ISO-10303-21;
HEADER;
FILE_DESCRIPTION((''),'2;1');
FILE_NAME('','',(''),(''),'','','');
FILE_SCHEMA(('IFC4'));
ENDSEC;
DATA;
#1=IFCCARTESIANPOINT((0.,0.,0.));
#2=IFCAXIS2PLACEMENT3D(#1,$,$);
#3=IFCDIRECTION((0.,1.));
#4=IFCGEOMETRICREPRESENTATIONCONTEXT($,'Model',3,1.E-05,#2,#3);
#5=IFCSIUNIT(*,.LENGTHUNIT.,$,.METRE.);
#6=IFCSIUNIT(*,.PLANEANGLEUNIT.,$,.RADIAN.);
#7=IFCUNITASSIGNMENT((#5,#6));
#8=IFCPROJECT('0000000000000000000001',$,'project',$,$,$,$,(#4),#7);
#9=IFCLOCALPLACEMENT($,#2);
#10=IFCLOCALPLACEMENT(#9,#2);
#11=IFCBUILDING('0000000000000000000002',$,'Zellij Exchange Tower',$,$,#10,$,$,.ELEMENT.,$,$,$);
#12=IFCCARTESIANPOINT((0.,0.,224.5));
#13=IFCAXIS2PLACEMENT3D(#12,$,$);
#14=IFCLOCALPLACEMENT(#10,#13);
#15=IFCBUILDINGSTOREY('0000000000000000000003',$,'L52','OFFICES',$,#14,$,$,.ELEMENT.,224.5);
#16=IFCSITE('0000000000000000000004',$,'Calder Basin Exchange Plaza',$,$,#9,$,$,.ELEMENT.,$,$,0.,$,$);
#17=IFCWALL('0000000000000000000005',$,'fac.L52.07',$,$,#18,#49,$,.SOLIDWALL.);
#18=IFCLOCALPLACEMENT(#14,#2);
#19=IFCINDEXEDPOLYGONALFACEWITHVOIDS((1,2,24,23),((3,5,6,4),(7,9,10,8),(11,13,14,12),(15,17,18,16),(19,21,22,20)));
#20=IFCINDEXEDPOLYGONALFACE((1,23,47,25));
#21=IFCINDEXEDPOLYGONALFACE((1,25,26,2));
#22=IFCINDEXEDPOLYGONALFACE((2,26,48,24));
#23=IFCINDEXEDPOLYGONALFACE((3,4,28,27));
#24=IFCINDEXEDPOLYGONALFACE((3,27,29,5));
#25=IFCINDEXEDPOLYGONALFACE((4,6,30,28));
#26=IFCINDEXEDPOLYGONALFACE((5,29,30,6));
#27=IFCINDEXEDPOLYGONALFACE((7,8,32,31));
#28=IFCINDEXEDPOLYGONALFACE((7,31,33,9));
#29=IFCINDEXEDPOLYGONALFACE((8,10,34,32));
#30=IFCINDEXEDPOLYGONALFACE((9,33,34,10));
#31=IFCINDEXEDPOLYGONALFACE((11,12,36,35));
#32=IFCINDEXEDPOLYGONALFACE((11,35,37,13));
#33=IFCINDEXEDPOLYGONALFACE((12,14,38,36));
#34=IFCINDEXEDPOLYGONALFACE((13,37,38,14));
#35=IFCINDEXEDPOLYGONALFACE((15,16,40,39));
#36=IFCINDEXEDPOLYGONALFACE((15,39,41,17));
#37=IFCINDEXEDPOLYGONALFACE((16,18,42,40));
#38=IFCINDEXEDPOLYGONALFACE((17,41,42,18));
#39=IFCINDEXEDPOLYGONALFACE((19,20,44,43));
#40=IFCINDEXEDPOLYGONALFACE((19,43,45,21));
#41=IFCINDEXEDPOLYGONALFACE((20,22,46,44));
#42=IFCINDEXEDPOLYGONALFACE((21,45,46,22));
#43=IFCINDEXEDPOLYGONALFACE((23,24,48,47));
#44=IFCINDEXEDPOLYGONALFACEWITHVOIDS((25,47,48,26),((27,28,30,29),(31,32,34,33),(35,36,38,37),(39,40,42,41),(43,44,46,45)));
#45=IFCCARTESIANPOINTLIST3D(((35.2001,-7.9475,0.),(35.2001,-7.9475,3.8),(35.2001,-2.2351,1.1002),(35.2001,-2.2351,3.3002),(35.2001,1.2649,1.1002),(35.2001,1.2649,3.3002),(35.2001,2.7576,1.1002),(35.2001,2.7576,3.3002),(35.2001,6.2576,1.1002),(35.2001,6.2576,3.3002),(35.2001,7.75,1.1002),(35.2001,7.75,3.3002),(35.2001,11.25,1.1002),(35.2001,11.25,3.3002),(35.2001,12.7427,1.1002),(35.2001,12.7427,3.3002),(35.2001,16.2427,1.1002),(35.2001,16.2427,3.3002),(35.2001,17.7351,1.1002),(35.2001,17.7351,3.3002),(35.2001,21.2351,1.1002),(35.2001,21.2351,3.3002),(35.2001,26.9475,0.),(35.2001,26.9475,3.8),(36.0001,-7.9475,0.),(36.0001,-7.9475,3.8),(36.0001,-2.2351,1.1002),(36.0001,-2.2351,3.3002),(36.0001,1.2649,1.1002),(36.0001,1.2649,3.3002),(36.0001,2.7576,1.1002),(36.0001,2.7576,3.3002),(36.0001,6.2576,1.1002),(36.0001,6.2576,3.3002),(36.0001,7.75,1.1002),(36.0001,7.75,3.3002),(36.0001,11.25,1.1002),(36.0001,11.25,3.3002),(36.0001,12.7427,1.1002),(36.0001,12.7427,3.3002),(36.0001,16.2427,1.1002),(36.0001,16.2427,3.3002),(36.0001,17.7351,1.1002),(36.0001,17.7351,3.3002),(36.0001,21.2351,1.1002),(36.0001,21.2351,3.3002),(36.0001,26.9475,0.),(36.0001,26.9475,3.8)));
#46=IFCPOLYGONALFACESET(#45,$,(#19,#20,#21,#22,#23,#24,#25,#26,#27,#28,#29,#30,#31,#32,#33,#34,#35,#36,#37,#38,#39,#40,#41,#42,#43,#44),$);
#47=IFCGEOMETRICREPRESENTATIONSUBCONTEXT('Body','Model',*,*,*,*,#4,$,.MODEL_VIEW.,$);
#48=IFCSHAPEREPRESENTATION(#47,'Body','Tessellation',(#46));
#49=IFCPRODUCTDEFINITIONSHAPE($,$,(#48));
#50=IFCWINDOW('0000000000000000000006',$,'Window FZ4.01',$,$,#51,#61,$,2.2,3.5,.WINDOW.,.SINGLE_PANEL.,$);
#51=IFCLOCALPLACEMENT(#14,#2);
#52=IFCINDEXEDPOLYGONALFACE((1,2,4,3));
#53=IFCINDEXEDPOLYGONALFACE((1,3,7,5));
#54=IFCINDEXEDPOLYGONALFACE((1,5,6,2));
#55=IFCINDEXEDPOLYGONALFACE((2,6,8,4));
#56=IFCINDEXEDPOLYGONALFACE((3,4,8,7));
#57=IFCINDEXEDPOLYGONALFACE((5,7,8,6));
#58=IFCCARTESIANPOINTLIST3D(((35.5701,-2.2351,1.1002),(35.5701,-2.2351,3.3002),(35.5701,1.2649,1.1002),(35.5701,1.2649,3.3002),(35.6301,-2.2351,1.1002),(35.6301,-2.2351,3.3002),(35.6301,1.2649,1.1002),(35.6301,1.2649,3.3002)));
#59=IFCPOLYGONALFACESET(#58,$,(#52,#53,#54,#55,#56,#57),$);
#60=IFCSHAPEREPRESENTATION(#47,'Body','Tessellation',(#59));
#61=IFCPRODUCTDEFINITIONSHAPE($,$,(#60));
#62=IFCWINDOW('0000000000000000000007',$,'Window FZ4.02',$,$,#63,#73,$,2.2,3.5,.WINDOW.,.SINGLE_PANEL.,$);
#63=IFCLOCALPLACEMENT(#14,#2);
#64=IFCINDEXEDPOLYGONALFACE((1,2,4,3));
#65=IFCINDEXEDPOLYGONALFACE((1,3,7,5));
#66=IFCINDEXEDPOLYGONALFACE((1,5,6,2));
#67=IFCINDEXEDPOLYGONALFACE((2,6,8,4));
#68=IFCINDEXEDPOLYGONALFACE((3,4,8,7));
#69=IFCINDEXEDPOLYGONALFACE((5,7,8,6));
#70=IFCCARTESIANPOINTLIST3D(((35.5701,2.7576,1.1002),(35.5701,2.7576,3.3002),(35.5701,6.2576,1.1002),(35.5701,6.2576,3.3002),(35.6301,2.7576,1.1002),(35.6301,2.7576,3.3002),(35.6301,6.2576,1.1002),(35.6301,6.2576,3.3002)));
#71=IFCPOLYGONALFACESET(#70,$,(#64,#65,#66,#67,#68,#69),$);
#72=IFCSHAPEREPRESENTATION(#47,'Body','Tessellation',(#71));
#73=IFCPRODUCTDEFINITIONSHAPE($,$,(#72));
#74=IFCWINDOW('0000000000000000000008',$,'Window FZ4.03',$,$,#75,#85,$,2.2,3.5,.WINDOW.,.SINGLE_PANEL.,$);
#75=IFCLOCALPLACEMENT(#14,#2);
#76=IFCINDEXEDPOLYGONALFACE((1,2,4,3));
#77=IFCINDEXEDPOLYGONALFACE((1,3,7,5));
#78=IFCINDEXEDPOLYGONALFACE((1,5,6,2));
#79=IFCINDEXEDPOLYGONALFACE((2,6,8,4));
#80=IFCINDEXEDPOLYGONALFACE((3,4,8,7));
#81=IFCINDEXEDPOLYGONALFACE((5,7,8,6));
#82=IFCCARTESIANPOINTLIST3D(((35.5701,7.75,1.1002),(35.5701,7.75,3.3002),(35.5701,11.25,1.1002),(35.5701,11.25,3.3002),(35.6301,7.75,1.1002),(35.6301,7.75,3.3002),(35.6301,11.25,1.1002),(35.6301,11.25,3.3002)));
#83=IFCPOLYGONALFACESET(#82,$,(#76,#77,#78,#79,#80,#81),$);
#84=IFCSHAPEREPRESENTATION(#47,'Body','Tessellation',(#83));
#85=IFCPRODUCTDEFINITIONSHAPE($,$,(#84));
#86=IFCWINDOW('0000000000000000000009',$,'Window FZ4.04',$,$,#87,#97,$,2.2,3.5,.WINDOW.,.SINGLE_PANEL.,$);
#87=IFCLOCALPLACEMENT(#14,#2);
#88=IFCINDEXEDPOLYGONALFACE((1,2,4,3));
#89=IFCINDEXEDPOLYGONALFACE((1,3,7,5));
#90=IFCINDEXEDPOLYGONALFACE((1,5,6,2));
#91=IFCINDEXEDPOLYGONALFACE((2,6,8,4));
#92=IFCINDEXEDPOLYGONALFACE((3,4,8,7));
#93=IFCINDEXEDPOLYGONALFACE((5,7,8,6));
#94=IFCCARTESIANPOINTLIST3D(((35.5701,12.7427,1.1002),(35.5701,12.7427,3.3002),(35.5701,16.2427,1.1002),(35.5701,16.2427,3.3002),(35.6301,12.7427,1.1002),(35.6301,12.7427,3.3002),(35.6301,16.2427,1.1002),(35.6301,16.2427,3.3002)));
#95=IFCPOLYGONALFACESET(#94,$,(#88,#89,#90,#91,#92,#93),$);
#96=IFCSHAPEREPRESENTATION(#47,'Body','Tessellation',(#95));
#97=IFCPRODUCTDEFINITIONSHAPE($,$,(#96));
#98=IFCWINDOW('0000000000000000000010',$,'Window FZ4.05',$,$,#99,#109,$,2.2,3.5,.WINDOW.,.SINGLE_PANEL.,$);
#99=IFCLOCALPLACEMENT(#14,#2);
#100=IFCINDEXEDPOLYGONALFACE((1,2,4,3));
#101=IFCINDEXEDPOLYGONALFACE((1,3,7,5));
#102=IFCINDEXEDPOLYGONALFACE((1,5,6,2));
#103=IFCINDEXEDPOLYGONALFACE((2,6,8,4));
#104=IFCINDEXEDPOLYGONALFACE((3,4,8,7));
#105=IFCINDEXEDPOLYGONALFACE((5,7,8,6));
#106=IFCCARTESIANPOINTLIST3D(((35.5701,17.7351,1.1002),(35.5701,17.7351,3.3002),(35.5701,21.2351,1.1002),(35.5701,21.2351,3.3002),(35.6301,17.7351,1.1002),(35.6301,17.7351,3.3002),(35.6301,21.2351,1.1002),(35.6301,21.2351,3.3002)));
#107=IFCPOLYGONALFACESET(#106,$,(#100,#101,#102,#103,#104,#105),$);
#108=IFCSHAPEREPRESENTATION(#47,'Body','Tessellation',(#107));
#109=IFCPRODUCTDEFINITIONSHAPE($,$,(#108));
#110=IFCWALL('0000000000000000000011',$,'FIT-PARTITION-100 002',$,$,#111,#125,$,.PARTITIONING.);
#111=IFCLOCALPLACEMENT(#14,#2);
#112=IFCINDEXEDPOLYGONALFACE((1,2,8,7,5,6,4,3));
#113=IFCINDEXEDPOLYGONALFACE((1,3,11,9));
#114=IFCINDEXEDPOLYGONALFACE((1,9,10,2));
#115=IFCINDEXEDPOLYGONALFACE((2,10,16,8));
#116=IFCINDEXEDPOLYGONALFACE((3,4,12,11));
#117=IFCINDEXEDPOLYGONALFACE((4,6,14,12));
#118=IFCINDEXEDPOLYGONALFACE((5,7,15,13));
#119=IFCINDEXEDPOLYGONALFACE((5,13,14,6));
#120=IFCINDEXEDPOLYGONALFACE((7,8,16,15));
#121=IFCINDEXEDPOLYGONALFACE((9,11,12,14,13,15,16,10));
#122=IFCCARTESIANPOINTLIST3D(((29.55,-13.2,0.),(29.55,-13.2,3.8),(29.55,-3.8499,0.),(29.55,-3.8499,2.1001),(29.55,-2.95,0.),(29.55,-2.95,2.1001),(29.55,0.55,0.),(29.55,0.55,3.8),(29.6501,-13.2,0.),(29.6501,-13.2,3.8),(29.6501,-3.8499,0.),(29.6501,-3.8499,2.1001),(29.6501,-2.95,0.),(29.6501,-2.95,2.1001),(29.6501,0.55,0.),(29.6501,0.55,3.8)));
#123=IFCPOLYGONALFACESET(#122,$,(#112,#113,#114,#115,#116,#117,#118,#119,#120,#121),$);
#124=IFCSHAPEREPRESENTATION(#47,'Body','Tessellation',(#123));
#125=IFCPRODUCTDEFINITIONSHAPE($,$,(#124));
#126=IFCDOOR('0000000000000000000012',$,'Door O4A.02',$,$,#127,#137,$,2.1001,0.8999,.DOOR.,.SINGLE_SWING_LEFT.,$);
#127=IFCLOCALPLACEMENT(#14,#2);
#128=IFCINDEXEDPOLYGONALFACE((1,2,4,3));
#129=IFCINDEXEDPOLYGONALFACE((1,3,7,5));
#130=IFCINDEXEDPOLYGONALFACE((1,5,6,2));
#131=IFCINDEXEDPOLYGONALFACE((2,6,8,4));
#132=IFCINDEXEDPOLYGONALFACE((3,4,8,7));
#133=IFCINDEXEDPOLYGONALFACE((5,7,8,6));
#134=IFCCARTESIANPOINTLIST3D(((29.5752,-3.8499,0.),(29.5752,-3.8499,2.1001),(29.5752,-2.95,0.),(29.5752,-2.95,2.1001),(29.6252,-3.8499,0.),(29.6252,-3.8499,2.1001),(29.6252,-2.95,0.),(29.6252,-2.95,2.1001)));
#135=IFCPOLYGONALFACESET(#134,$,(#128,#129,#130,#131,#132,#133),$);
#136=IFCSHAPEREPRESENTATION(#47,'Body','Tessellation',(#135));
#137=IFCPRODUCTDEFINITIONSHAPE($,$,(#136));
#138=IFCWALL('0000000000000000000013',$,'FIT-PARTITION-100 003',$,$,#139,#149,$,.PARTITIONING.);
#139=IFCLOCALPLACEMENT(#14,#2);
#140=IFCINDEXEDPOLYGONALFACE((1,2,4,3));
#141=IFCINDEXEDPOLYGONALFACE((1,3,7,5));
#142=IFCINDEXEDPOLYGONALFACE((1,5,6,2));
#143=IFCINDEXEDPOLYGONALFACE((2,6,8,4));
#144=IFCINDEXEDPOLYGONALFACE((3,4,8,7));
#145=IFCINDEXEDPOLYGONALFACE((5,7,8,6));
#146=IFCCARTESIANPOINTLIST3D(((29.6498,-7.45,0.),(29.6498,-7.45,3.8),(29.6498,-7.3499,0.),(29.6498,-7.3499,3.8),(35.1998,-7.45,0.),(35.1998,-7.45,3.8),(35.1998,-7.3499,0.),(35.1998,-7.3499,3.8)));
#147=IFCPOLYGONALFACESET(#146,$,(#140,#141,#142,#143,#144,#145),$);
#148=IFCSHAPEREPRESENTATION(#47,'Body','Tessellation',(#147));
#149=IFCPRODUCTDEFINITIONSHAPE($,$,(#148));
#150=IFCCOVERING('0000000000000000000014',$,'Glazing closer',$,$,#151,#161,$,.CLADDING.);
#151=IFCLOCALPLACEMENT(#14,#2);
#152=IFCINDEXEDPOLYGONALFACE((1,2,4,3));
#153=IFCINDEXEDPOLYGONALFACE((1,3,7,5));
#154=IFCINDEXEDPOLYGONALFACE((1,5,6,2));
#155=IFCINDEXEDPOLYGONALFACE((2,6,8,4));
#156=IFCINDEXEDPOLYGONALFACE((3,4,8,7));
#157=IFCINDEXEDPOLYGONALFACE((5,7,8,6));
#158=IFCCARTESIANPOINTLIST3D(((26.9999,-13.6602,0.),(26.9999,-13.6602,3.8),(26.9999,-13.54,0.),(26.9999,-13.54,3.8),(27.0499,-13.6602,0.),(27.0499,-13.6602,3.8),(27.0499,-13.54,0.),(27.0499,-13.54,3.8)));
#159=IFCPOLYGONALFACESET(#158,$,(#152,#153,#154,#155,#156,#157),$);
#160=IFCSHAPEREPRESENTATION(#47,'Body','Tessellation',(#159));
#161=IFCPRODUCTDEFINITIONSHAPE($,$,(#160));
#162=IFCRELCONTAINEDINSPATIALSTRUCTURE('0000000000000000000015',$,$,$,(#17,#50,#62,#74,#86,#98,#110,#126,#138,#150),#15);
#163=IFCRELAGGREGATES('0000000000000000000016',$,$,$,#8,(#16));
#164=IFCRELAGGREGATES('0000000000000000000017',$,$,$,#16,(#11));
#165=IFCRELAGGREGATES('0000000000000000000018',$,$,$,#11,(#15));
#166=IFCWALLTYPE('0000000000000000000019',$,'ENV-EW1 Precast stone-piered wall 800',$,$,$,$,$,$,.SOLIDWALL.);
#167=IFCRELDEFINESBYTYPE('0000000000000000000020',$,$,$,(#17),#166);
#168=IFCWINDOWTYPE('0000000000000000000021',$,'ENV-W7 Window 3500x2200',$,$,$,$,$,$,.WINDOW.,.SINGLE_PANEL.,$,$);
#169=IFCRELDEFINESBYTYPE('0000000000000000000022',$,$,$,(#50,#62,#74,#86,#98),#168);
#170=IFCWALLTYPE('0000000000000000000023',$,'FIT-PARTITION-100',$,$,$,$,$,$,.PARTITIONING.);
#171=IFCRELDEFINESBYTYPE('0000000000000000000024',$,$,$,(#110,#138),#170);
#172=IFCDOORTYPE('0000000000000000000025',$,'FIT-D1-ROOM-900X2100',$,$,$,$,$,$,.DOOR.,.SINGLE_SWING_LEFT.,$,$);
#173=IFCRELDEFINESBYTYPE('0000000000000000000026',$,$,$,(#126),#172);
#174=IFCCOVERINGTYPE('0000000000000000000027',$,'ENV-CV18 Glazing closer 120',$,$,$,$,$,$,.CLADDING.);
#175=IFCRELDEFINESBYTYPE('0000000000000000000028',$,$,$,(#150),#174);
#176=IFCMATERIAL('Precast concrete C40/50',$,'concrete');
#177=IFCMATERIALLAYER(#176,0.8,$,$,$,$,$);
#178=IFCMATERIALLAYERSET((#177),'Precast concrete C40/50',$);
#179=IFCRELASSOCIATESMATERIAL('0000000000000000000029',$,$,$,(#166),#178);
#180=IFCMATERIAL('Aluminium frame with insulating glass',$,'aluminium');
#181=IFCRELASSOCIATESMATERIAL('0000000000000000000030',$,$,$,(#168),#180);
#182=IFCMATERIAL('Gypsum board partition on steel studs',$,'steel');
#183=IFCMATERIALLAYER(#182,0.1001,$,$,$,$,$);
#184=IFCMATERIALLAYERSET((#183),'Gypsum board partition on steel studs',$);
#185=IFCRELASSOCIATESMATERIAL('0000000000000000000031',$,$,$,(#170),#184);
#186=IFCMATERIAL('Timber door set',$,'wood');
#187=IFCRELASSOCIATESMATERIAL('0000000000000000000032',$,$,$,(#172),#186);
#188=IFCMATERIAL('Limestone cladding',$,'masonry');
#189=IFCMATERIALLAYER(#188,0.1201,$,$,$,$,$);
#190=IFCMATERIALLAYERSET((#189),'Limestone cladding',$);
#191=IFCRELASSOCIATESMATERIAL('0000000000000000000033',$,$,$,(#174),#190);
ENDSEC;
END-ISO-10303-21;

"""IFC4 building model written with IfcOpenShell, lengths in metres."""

from ifc_helpers import new_model, si_unit, direction, frame, frame_2d, origin, origin_2d, place, context, subcontext, project, spatial, rectangle, extrude, material, layer, layer_set, type_object, element, fill, save


model = new_model("IFC4")

# Units and contexts
model_context = context("Model", 3, precision=1e-05, world=origin(), true_north=direction((0.0, 1.0)))
body_context = subcontext(model_context, "Body", "Model", "MODEL_VIEW")
ifc_project = project(units=[si_unit("LENGTHUNIT", "METRE"), si_unit("PLANEANGLEUNIT", "RADIAN")], contexts=[model_context])

# Site, building, storey
site_placement = place(None, origin())
site = spatial("IfcSite", under=ifc_project, at=site_placement, Name="Calder Basin Exchange Plaza", CompositionType="ELEMENT", RefElevation=0.0)
building_placement = place(site_placement, origin())
building = spatial("IfcBuilding", under=site, at=building_placement, Name="Zellij Exchange Tower", CompositionType="ELEMENT")
storey_placement = place(building_placement, frame((0.0, 0.0, 224.5)))
storey = spatial("IfcBuildingStorey", under=building, at=storey_placement, Name="L52", Description="OFFICES", CompositionType="ELEMENT", Elevation=224.5)

# Shared definitions
ifc_material_1 = material(Name="Precast concrete C40/50", Category="concrete")
ifc_layer_1 = layer(ifc_material_1, 0.8)
ifc_layer_set_1 = layer_set([ifc_layer_1], Name="Precast concrete C40/50")
wall_type_1 = type_object("IfcWallType", Name="ENV-EW1 Precast stone-piered wall 800", PredefinedType="SOLIDWALL", material=ifc_layer_set_1)

# Wall, openings, windows
wall_1_placement = place(storey_placement, frame((35.6001, -7.9475, 0.0), z_axis=(0.0, 0.0, 1.0), x_axis=(0.0, 1.0, 0.0)))
wall_1 = element("IfcWall", 1, at=wall_1_placement, inside=storey, type_object=wall_type_1, Name="fac.L52.07", PredefinedType="SOLIDWALL", context=body_context, shape_type="SweptSolid", body=[
    extrude(rectangle(XDim=34.895, YDim=0.8, at=frame_2d((17.4475, 0.0))), origin(), (0.0, 0.0, 1.0), 3.8),
])
opening_1_placement = place(wall_1_placement, frame((5.7124, 0.0, 1.1001)))
opening_1 = element("IfcOpeningElement", 2, at=opening_1_placement, cuts=wall_1, PredefinedType="OPENING", context=body_context, shape_type="SweptSolid", body=[
    extrude(rectangle(XDim=3.5, YDim=2.2, at=frame_2d((1.75, 1.1001))), frame((0.0, 0.4121, 0.0), z_axis=(0.0, -1.0, 0.0), x_axis=(1.0, 0.0, 0.0)), (0.0, 0.0, 1.0), 0.824),
])
opening_2_placement = place(wall_1_placement, frame((10.7051, 0.0, 1.1001)))
opening_2 = element("IfcOpeningElement", 3, at=opening_2_placement, cuts=wall_1, PredefinedType="OPENING", context=body_context, shape_type="SweptSolid", body=[
    extrude(rectangle(XDim=3.5, YDim=2.2, at=frame_2d((1.75, 1.1001))), frame((0.0, 0.4121, 0.0), z_axis=(0.0, -1.0, 0.0), x_axis=(1.0, 0.0, 0.0)), (0.0, 0.0, 1.0), 0.824),
])
opening_3_placement = place(wall_1_placement, frame((15.6975, 0.0, 1.1001)))
opening_3 = element("IfcOpeningElement", 4, at=opening_3_placement, cuts=wall_1, PredefinedType="OPENING", context=body_context, shape_type="SweptSolid", body=[
    extrude(rectangle(XDim=3.5, YDim=2.2, at=frame_2d((1.75, 1.1001))), frame((0.0, 0.4121, 0.0), z_axis=(0.0, -1.0, 0.0), x_axis=(1.0, 0.0, 0.0)), (0.0, 0.0, 1.0), 0.824),
])
opening_4_placement = place(wall_1_placement, frame((20.6902, 0.0, 1.1001)))
opening_4 = element("IfcOpeningElement", 5, at=opening_4_placement, cuts=wall_1, PredefinedType="OPENING", context=body_context, shape_type="SweptSolid", body=[
    extrude(rectangle(XDim=3.5, YDim=2.2, at=frame_2d((1.75, 1.1001))), frame((0.0, 0.4121, 0.0), z_axis=(0.0, -1.0, 0.0), x_axis=(1.0, 0.0, 0.0)), (0.0, 0.0, 1.0), 0.824),
])
opening_5_placement = place(wall_1_placement, frame((25.6826, 0.0, 1.1001)))
opening_5 = element("IfcOpeningElement", 6, at=opening_5_placement, cuts=wall_1, PredefinedType="OPENING", context=body_context, shape_type="SweptSolid", body=[
    extrude(rectangle(XDim=3.5, YDim=2.2, at=frame_2d((1.75, 1.1001))), frame((0.0, 0.4121, 0.0), z_axis=(0.0, -1.0, 0.0), x_axis=(1.0, 0.0, 0.0)), (0.0, 0.0, 1.0), 0.824),
])
ifc_material_2 = material(Name="Aluminium frame with insulating glass", Category="aluminium")
window_type = type_object("IfcWindowType", Name="ENV-W7 Window 3500x2200", PartitioningType="SINGLE_PANEL", PredefinedType="WINDOW", material=ifc_material_2)
window_1_placement = place(opening_1_placement, origin())
window_1 = element("IfcWindow", 7, at=window_1_placement, inside=storey, type_object=window_type, Name="Window FZ4.01", OverallHeight=2.2, OverallWidth=3.5, PartitioningType="SINGLE_PANEL", PredefinedType="WINDOW", context=body_context, shape_type="SweptSolid", body=[
    extrude(rectangle(XDim=3.5, YDim=2.2, at=frame_2d((1.75, 1.1001))), frame((0.0, 0.03, 0.0), z_axis=(0.0, -1.0, 0.0), x_axis=(1.0, 0.0, 0.0)), (0.0, 0.0, 1.0), 0.0601),
])
fill(opening_1, window_1)
window_2_placement = place(opening_2_placement, origin())
window_2 = element("IfcWindow", 8, at=window_2_placement, inside=storey, type_object=window_type, Name="Window FZ4.02", OverallHeight=2.2, OverallWidth=3.5, PartitioningType="SINGLE_PANEL", PredefinedType="WINDOW", context=body_context, shape_type="SweptSolid", body=[
    extrude(rectangle(XDim=3.5, YDim=2.2, at=frame_2d((1.75, 1.1001))), frame((0.0, 0.03, 0.0), z_axis=(0.0, -1.0, 0.0), x_axis=(1.0, 0.0, 0.0)), (0.0, 0.0, 1.0), 0.0601),
])
fill(opening_2, window_2)
window_3_placement = place(opening_3_placement, origin())
window_3 = element("IfcWindow", 9, at=window_3_placement, inside=storey, type_object=window_type, Name="Window FZ4.03", OverallHeight=2.2, OverallWidth=3.5, PartitioningType="SINGLE_PANEL", PredefinedType="WINDOW", context=body_context, shape_type="SweptSolid", body=[
    extrude(rectangle(XDim=3.5, YDim=2.2, at=frame_2d((1.75, 1.1001))), frame((0.0, 0.03, 0.0), z_axis=(0.0, -1.0, 0.0), x_axis=(1.0, 0.0, 0.0)), (0.0, 0.0, 1.0), 0.0601),
])
fill(opening_3, window_3)
window_4_placement = place(opening_4_placement, origin())
window_4 = element("IfcWindow", 10, at=window_4_placement, inside=storey, type_object=window_type, Name="Window FZ4.04", OverallHeight=2.2, OverallWidth=3.5, PartitioningType="SINGLE_PANEL", PredefinedType="WINDOW", context=body_context, shape_type="SweptSolid", body=[
    extrude(rectangle(XDim=3.5, YDim=2.2, at=frame_2d((1.75, 1.1001))), frame((0.0, 0.03, 0.0), z_axis=(0.0, -1.0, 0.0), x_axis=(1.0, 0.0, 0.0)), (0.0, 0.0, 1.0), 0.0601),
])
fill(opening_4, window_4)
window_5_placement = place(opening_5_placement, origin())
window_5 = element("IfcWindow", 11, at=window_5_placement, inside=storey, type_object=window_type, Name="Window FZ4.05", OverallHeight=2.2, OverallWidth=3.5, PartitioningType="SINGLE_PANEL", PredefinedType="WINDOW", context=body_context, shape_type="SweptSolid", body=[
    extrude(rectangle(XDim=3.5, YDim=2.2, at=frame_2d((1.75, 1.1001))), frame((0.0, 0.03, 0.0), z_axis=(0.0, -1.0, 0.0), x_axis=(1.0, 0.0, 0.0)), (0.0, 0.0, 1.0), 0.0601),
])
fill(opening_5, window_5)

# Wall, opening, door
ifc_material_3 = material(Name="Gypsum board partition on steel studs", Category="steel")
ifc_layer_2 = layer(ifc_material_3, 0.1001)
ifc_layer_set_2 = layer_set([ifc_layer_2], Name="Gypsum board partition on steel studs")
wall_type_2 = type_object("IfcWallType", Name="FIT-PARTITION-100", PredefinedType="PARTITIONING", material=ifc_layer_set_2)
wall_2_placement = place(storey_placement, frame((29.6001, -13.2, 0.0), z_axis=(0.0, 0.0, 1.0), x_axis=(0.0, 1.0, 0.0)))
wall_2 = element("IfcWall", 12, at=wall_2_placement, inside=storey, type_object=wall_type_2, Name="FIT-PARTITION-100 002", PredefinedType="PARTITIONING", context=body_context, shape_type="SweptSolid", body=[
    extrude(rectangle(XDim=13.75, YDim=0.1001, at=frame_2d((6.875, 0.0))), origin(), (0.0, 0.0, 1.0), 3.8),
])
opening_6_placement = place(wall_2_placement, frame((9.3501, 0.0, 0.0)))
opening_6 = element("IfcOpeningElement", 13, at=opening_6_placement, cuts=wall_2, PredefinedType="OPENING", context=body_context, shape_type="SweptSolid", body=[
    extrude(rectangle(XDim=0.8999, YDim=2.1001, at=frame_2d((0.45, 1.05))), frame((0.0, 0.062, 0.0), z_axis=(0.0, -1.0, 0.0), x_axis=(1.0, 0.0, 0.0)), (0.0, 0.0, 1.0), 0.124),
])
ifc_material_4 = material(Name="Timber door set", Category="wood")
door_type_1 = type_object("IfcDoorType", Name="FIT-D1-ROOM-900X2100", OperationType="SINGLE_SWING_LEFT", PredefinedType="DOOR", material=ifc_material_4)
door_1_placement = place(opening_6_placement, origin())
door_1 = element("IfcDoor", 14, at=door_1_placement, inside=storey, type_object=door_type_1, Name="Door O4A.02", OperationType="SINGLE_SWING_LEFT", OverallHeight=2.1001, OverallWidth=0.8999, PredefinedType="DOOR", context=body_context, shape_type="SweptSolid", body=[
    extrude(rectangle(XDim=0.8999, YDim=2.1001, at=frame_2d((0.45, 1.05))), frame((0.0, 0.0249, 0.0), z_axis=(0.0, -1.0, 0.0), x_axis=(1.0, 0.0, 0.0)), (0.0, 0.0, 1.0), 0.05),
])
fill(opening_6, door_1)

# Wall
wall_3_placement = place(storey_placement, frame((29.6499, -7.3999, 0.0), z_axis=(0.0, 0.0, 1.0), x_axis=(1.0, 0.0, 0.0)))
element("IfcWall", 15, at=wall_3_placement, inside=storey, type_object=wall_type_2, Name="FIT-PARTITION-100 003", PredefinedType="PARTITIONING", context=body_context, shape_type="SweptSolid", body=[
    extrude(rectangle(XDim=5.55, YDim=0.1001, at=frame_2d((2.7749, 0.0))), origin(), (0.0, 0.0, 1.0), 3.8),
])

# Covering
ifc_material_5 = material(Name="Limestone cladding", Category="masonry")
ifc_layer_3 = layer(ifc_material_5, 0.1201)
ifc_layer_set_3 = layer_set([ifc_layer_3], Name="Limestone cladding")
covering_type = type_object("IfcCoveringType", Name="ENV-CV18 Glazing closer 120", PredefinedType="CLADDING", material=ifc_layer_set_3)
covering_placement = place(storey_placement, frame((27.0249, -13.6001, 0.0), z_axis=(0.0, 0.0, 1.0), x_axis=(-1.0, 0.0, 0.0)))
element("IfcCovering", 16, at=covering_placement, inside=storey, type_object=covering_type, Name="Glazing closer", PredefinedType="CLADDING", context=body_context, shape_type="SweptSolid", body=[
    extrude(rectangle(XDim=0.05, YDim=0.1201, at=origin_2d()), origin(), (0.0, 0.0, 1.0), 3.8),
])

save(model, "model.ifc")
